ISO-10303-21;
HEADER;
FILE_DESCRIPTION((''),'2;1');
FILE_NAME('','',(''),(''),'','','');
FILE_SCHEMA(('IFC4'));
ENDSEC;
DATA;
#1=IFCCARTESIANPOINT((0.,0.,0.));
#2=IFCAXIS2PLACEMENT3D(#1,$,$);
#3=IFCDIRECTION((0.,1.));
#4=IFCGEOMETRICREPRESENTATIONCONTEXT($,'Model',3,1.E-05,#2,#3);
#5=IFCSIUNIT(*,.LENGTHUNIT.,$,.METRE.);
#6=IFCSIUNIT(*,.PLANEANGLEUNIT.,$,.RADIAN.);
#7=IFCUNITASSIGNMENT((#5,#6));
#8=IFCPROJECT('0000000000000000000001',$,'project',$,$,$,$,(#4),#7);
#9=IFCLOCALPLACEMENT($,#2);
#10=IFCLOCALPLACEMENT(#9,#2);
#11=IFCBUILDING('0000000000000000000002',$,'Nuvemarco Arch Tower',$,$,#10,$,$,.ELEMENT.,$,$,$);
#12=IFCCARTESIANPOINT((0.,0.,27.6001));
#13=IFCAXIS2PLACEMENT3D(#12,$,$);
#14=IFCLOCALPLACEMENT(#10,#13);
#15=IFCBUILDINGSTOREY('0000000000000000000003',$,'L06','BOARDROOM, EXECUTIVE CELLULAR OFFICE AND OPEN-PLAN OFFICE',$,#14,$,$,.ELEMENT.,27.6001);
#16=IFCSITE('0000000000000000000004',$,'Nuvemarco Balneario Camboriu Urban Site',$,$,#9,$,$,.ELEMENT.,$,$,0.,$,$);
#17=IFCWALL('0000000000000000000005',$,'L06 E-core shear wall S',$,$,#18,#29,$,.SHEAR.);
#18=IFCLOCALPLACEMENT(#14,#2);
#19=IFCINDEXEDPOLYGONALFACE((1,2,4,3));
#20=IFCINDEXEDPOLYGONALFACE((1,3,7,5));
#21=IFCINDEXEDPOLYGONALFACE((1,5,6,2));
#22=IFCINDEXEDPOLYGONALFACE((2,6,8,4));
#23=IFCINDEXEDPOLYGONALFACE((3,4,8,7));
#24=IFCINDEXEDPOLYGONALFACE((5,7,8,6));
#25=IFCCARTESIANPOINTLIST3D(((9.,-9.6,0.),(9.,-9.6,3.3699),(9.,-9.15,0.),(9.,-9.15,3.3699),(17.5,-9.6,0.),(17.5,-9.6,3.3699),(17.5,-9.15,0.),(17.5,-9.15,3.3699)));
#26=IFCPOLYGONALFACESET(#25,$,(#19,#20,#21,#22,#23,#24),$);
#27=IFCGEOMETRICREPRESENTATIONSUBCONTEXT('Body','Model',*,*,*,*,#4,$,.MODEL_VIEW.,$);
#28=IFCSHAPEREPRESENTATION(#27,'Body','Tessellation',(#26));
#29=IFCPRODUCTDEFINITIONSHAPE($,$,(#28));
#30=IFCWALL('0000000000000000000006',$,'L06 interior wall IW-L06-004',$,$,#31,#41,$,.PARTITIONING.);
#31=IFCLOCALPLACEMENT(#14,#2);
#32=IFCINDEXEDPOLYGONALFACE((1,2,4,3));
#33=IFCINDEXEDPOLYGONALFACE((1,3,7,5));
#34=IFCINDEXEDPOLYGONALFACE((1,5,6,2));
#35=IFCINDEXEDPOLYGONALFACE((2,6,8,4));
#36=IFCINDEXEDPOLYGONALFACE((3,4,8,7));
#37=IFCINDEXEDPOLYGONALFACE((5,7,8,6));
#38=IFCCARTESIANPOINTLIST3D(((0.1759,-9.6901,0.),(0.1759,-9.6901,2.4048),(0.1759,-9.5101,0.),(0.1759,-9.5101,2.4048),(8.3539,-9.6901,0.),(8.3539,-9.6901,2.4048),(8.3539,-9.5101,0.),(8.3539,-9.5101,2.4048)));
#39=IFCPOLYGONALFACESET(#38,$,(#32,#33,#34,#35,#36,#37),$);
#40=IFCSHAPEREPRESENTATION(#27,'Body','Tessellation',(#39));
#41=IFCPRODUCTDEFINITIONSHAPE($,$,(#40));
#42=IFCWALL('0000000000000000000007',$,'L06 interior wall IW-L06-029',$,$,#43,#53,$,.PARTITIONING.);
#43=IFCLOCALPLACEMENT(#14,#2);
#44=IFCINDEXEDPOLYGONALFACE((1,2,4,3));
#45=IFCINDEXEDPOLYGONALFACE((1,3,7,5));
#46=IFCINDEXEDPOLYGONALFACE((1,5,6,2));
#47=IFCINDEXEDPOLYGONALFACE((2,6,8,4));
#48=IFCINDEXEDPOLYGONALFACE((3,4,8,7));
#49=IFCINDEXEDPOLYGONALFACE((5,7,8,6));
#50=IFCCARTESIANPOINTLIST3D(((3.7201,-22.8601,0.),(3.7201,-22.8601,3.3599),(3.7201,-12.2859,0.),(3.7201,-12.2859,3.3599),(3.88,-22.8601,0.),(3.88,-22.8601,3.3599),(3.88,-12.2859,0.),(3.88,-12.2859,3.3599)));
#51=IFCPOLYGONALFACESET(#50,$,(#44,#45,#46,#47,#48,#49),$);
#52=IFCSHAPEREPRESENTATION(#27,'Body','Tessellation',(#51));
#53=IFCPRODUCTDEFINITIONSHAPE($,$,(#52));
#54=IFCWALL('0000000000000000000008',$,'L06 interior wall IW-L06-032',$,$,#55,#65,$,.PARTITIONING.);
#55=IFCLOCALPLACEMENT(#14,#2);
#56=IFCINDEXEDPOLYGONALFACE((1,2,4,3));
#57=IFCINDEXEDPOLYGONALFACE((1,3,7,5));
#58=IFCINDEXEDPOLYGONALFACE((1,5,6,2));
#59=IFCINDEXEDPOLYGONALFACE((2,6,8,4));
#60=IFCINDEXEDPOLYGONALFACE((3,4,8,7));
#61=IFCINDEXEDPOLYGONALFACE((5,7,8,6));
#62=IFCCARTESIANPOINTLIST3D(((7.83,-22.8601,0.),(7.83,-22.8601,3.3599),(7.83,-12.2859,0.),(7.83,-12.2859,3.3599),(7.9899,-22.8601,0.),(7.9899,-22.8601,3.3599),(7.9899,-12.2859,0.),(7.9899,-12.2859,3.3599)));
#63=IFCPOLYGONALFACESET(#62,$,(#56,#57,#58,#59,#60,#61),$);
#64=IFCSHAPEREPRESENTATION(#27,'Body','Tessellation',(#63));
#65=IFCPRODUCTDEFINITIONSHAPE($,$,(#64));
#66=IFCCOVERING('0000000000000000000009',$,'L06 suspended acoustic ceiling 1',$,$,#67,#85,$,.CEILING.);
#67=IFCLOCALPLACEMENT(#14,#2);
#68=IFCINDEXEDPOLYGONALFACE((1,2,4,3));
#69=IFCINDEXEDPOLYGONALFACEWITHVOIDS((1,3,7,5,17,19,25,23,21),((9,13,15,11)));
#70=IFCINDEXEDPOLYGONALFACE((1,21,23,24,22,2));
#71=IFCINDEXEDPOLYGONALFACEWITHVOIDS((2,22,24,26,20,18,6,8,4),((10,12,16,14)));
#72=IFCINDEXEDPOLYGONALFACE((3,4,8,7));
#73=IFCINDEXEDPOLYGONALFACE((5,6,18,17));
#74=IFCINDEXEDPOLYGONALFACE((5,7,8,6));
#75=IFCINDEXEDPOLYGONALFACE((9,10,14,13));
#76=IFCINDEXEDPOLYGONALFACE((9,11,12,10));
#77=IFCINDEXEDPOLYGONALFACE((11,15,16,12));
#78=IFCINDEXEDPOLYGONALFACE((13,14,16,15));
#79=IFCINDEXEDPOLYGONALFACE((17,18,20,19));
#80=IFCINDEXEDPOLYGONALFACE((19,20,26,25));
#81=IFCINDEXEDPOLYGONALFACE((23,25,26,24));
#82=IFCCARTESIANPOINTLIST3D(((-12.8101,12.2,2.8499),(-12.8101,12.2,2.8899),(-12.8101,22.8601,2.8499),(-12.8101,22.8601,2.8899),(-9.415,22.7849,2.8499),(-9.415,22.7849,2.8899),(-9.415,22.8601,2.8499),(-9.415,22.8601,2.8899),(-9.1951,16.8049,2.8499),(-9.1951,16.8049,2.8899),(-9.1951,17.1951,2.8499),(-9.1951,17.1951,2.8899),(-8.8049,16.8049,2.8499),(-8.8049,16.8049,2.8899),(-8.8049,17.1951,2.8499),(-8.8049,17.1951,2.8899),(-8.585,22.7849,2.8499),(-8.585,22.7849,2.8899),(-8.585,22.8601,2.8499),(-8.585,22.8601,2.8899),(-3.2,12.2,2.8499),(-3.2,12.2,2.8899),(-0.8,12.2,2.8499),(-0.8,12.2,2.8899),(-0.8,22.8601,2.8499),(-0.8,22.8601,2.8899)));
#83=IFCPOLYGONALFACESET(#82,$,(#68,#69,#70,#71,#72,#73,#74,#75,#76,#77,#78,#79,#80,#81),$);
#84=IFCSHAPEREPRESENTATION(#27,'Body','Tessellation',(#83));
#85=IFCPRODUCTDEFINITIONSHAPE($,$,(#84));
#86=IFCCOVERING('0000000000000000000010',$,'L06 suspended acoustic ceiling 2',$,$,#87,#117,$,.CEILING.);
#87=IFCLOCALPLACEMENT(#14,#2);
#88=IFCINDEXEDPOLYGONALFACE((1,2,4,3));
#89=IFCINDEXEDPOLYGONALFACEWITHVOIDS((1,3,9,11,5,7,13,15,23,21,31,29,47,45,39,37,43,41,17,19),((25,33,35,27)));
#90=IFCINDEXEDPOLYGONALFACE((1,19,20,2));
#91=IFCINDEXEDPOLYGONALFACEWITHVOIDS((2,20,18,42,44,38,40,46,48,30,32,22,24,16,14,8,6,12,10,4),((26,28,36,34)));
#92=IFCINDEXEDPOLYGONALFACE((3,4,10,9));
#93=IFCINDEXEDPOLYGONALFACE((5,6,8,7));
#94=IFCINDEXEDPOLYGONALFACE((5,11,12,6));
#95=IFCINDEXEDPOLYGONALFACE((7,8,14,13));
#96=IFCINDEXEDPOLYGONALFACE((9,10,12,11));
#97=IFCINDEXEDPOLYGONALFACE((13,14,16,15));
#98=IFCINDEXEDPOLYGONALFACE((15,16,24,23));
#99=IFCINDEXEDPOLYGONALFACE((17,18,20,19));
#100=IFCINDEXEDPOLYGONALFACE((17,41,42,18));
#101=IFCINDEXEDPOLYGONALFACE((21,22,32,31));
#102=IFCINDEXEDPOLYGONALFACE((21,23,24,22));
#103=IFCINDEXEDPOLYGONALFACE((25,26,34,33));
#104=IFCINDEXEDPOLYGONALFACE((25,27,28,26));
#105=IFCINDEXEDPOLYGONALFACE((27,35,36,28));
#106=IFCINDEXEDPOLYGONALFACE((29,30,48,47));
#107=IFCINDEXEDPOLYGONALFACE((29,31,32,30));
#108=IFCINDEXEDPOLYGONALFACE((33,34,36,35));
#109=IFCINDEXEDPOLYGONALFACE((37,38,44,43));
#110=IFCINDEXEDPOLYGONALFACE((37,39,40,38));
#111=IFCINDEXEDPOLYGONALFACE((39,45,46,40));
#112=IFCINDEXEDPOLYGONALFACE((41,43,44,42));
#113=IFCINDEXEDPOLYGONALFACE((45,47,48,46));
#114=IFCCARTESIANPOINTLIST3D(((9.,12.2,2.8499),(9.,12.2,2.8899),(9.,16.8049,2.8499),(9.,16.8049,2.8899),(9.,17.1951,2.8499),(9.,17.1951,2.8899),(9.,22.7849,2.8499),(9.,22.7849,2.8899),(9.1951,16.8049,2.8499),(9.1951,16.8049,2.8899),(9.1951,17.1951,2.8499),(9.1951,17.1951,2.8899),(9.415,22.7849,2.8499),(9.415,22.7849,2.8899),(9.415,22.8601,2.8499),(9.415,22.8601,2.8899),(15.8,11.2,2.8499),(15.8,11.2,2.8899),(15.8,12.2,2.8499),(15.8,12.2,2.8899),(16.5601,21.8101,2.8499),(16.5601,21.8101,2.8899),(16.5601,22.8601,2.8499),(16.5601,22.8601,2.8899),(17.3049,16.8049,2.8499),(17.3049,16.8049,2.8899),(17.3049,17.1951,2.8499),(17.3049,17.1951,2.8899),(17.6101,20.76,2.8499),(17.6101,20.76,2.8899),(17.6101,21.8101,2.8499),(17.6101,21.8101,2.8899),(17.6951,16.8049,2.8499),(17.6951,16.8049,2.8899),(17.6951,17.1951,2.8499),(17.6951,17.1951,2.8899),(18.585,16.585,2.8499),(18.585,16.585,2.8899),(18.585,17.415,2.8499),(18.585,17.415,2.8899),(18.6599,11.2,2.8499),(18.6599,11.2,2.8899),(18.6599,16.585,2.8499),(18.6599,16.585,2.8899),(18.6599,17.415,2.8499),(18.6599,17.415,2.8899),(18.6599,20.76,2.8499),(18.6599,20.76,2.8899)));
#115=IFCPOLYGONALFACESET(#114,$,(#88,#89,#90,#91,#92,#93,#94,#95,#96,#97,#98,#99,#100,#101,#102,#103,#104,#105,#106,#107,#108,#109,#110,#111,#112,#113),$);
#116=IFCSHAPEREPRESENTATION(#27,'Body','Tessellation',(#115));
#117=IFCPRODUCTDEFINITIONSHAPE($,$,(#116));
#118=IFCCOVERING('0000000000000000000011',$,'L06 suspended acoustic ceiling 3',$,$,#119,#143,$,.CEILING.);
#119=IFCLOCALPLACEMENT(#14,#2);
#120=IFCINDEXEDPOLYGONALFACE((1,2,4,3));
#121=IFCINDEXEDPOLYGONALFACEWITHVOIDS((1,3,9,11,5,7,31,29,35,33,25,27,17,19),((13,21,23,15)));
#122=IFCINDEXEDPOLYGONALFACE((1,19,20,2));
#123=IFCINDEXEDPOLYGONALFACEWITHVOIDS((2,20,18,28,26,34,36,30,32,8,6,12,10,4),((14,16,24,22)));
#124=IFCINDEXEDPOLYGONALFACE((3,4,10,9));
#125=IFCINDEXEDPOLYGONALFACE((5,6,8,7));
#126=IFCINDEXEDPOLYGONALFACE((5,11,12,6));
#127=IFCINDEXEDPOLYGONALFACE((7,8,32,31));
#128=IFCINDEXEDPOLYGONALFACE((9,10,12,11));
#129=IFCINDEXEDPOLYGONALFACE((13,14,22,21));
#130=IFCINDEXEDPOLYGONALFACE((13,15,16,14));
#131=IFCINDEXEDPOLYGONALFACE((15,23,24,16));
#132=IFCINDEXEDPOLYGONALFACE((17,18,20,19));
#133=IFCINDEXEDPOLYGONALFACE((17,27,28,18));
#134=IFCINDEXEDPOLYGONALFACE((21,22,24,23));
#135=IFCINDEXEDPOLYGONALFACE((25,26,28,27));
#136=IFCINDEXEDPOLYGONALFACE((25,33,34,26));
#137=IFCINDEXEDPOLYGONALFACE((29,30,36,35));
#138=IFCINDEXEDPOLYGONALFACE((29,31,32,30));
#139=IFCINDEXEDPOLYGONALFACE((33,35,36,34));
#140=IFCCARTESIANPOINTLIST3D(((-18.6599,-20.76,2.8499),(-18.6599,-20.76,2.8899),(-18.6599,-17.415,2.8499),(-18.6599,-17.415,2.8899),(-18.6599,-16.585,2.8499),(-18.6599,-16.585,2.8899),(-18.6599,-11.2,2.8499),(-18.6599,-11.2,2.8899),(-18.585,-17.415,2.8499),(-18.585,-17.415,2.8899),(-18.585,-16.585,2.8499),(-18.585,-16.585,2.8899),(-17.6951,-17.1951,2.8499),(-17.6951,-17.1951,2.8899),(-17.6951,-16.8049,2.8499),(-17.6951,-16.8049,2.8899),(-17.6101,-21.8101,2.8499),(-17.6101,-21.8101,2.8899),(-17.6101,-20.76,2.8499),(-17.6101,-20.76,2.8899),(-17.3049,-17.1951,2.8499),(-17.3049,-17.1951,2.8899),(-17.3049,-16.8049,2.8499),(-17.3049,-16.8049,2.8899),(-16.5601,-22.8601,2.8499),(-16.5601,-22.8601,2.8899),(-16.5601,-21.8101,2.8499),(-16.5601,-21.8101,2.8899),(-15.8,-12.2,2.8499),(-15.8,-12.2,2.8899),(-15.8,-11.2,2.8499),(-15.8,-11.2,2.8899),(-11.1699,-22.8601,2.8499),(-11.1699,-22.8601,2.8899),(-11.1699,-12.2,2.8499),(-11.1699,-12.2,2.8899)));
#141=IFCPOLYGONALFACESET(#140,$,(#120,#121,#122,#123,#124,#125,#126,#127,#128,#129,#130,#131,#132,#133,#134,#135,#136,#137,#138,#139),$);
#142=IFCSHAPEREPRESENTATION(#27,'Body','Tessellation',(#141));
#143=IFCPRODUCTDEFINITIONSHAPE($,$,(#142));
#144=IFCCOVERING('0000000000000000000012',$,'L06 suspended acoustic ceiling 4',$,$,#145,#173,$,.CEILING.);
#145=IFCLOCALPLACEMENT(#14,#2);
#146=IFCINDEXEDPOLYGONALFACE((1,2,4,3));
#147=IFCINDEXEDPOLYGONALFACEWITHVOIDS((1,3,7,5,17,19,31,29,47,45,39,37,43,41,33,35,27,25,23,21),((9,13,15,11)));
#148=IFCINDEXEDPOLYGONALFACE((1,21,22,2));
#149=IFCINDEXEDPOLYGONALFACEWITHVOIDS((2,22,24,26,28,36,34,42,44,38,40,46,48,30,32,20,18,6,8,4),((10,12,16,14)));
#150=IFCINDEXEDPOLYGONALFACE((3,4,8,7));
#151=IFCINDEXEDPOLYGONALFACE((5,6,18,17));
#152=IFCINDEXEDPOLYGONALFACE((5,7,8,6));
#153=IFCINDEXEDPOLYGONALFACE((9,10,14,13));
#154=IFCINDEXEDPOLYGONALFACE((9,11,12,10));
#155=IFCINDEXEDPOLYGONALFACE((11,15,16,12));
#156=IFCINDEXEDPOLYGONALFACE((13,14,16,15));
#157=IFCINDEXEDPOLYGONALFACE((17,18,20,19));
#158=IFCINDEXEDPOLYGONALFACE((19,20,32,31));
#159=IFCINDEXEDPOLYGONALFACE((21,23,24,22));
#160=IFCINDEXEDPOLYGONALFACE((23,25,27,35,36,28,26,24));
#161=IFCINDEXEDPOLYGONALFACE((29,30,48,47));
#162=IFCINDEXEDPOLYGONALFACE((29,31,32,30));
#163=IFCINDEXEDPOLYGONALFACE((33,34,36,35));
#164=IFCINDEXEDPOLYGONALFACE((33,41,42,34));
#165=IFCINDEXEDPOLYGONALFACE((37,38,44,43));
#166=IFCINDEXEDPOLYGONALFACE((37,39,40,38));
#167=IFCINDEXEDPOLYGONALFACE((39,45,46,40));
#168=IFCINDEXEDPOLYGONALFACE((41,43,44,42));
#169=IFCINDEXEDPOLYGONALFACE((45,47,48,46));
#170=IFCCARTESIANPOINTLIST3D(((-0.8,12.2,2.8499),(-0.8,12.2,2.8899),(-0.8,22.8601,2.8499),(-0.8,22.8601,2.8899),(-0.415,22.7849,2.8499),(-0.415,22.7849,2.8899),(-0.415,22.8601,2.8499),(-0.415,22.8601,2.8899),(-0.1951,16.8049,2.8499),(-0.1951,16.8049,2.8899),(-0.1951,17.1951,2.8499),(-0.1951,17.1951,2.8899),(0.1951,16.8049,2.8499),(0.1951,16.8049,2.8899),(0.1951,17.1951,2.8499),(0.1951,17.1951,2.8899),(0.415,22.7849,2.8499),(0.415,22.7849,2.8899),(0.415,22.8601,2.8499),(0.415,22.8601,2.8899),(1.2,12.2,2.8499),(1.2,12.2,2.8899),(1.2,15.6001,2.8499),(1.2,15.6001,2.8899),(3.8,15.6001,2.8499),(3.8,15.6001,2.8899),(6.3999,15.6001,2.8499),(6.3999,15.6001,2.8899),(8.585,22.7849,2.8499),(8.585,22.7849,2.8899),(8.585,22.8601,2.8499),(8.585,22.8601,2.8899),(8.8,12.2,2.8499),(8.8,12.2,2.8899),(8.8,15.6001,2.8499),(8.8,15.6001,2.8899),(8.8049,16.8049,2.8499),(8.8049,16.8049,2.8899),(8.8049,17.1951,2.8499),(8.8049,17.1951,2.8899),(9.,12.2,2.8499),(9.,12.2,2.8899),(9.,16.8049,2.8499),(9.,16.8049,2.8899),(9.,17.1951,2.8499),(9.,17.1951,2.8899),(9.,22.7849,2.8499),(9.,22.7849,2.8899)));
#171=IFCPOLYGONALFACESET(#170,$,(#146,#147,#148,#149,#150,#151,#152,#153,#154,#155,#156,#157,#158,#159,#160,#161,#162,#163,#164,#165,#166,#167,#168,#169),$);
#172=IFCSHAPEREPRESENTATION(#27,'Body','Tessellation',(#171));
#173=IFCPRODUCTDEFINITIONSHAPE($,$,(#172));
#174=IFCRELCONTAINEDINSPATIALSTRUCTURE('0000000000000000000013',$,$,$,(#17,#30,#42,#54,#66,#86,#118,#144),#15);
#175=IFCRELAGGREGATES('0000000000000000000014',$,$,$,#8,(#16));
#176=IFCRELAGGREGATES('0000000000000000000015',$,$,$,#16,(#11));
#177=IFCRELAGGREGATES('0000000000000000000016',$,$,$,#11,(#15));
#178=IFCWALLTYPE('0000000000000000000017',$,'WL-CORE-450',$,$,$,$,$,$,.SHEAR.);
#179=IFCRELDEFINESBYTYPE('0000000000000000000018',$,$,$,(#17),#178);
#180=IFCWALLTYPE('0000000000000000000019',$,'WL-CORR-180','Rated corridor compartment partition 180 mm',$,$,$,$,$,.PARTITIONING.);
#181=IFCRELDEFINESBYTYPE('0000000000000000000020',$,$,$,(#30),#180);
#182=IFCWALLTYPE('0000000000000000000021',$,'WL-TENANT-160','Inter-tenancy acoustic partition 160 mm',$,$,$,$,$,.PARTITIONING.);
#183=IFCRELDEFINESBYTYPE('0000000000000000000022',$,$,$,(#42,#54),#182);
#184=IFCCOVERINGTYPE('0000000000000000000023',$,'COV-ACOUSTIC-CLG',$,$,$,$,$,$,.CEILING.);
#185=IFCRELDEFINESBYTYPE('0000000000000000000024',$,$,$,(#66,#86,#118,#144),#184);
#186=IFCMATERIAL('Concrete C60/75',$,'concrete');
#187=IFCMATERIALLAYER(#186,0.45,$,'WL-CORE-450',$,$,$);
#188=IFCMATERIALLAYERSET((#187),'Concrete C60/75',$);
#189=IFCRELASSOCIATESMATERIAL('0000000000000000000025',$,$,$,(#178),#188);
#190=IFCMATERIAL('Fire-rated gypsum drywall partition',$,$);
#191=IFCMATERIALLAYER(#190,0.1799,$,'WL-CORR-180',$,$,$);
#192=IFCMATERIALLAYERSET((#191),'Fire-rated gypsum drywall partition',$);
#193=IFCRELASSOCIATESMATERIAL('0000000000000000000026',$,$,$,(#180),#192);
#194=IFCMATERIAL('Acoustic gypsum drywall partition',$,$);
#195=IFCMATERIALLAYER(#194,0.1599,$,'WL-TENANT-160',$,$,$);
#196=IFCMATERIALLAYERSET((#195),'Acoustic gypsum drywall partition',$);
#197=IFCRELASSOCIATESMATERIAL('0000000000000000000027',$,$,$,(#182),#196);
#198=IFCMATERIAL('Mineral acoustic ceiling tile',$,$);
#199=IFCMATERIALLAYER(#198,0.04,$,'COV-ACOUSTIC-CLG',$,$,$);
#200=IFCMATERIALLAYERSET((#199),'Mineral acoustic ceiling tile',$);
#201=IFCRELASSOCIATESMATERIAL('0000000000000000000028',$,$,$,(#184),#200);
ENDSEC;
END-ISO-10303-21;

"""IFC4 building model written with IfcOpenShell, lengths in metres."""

from ifc_helpers import new_model, si_unit, direction, frame, frame_2d, origin, place, context, subcontext, project, spatial, polyline, rectangle, outline, extrude, material, layer, layer_set, type_object, element, save


model = new_model("IFC4")

# Units and contexts
model_context = context("Model", 3, precision=1e-05, world=origin(), true_north=direction((0.0, 1.0)))
body_context = subcontext(model_context, "Body", "Model", "MODEL_VIEW")
ifc_project = project(units=[si_unit("LENGTHUNIT", "METRE"), si_unit("PLANEANGLEUNIT", "RADIAN")], contexts=[model_context])

# Site, building, storey
site_placement = place(None, origin())
site = spatial("IfcSite", under=ifc_project, at=site_placement, Name="Nuvemarco Balneario Camboriu Urban Site", CompositionType="ELEMENT", RefElevation=0.0)
building_placement = place(site_placement, origin())
building = spatial("IfcBuilding", under=site, at=building_placement, Name="Nuvemarco Arch Tower", CompositionType="ELEMENT")
storey_placement = place(building_placement, frame((0.0, 0.0, 27.6001)))
storey = spatial("IfcBuildingStorey", under=building, at=storey_placement, Name="L06", Description="BOARDROOM, EXECUTIVE CELLULAR OFFICE AND OPEN-PLAN OFFICE", CompositionType="ELEMENT", Elevation=27.6001)

# Shared definitions
ifc_material_1 = material(Name="Concrete C60/75", Category="concrete")

# Walls
ifc_layer_1 = layer(ifc_material_1, 0.45, Name="WL-CORE-450")
ifc_layer_set_1 = layer_set([ifc_layer_1], Name="Concrete C60/75")
wall_type_1 = type_object("IfcWallType", Name="WL-CORE-450", PredefinedType="SHEAR", material=ifc_layer_set_1)
wall_1_placement = place(storey_placement, frame((9.0, -9.375, 0.0), z_axis=(0.0, 0.0, 1.0), x_axis=(1.0, 0.0, 0.0)))
element("IfcWall", 1, at=wall_1_placement, inside=storey, type_object=wall_type_1, Name="L06 E-core shear wall S", PredefinedType="SHEAR", context=body_context, shape_type="SweptSolid", body=[
    extrude(rectangle(XDim=8.5, YDim=0.45, at=frame_2d((4.25, 0.0))), origin(), (0.0, 0.0, 1.0), 3.3699),
])
ifc_material_2 = material(Name="Fire-rated gypsum drywall partition")
ifc_layer_2 = layer(ifc_material_2, 0.1799, Name="WL-CORR-180")
ifc_layer_set_2 = layer_set([ifc_layer_2], Name="Fire-rated gypsum drywall partition")
wall_type_2 = type_object("IfcWallType", Name="WL-CORR-180", Description="Rated corridor compartment partition 180 mm", PredefinedType="PARTITIONING", material=ifc_layer_set_2)
wall_2_placement = place(storey_placement, frame((0.176, -9.6001, 0.0), z_axis=(0.0, 0.0, 1.0), x_axis=(1.0, 0.0, 0.0)))
element("IfcWall", 2, at=wall_2_placement, inside=storey, type_object=wall_type_2, Name="L06 interior wall IW-L06-004", PredefinedType="PARTITIONING", context=body_context, shape_type="SweptSolid", body=[
    extrude(rectangle(XDim=8.178, YDim=0.1799, at=frame_2d((4.0889, 0.0))), origin(), (0.0, 0.0, 1.0), 2.4048),
])
ifc_material_3 = material(Name="Acoustic gypsum drywall partition")
ifc_layer_3 = layer(ifc_material_3, 0.1599, Name="WL-TENANT-160")
ifc_layer_set_3 = layer_set([ifc_layer_3], Name="Acoustic gypsum drywall partition")
wall_type_3 = type_object("IfcWallType", Name="WL-TENANT-160", Description="Inter-tenancy acoustic partition 160 mm", PredefinedType="PARTITIONING", material=ifc_layer_set_3)
for number, where, z_axis, x_axis, name in (
    (3, (3.8, -22.8601, 0.0), (0.0, 0.0, 1.0), (0.0, 1.0, 0.0), "L06 interior wall IW-L06-029"),
    (4, (7.9099, -22.8601, 0.0), (0.0, 0.0, 1.0), (0.0, 1.0, 0.0), "L06 interior wall IW-L06-032"),
):
    element("IfcWall", number, at=place(storey_placement, frame(where, z_axis=z_axis, x_axis=x_axis)), inside=storey, type_object=wall_type_3, Name=name, PredefinedType="PARTITIONING", context=body_context, shape_type="SweptSolid", body=[
        extrude(rectangle(XDim=10.5742, YDim=0.1599, at=frame_2d((5.2871, 0.0))), origin(), (0.0, 0.0, 1.0), 3.3599),
    ])

# Coverings
ifc_material_4 = material(Name="Mineral acoustic ceiling tile")
ifc_layer_4 = layer(ifc_material_4, 0.04, Name="COV-ACOUSTIC-CLG")
ifc_layer_set_4 = layer_set([ifc_layer_4], Name="Mineral acoustic ceiling tile")
covering_type_1 = type_object("IfcCoveringType", Name="COV-ACOUSTIC-CLG", PredefinedType="CEILING", material=ifc_layer_set_4)
covering_1_placement = place(storey_placement, frame((0.0, 0.0, 2.8499)))
element("IfcCovering", 5, at=covering_1_placement, inside=storey, type_object=covering_type_1, Name="L06 suspended acoustic ceiling 1", PredefinedType="CEILING", context=body_context, shape_type="SweptSolid", body=[
    extrude(outline(polyline([(-9.415, 22.7849), (-8.585, 22.7849), (-8.585, 22.8601), (-0.8, 22.8601), (-0.8, 12.2), (-3.2, 12.2), (-12.8101, 12.2), (-12.8101, 22.8601), (-9.415, 22.8601), (-9.415, 22.7849)]), holes=[polyline([(-8.8049, 16.8049), (-8.8049, 17.1951), (-9.1951, 17.1951), (-9.1951, 16.8049), (-8.8049, 16.8049)])]), origin(), (0.0, 0.0, 1.0), 0.04),
])
covering_2_placement = place(storey_placement, frame((0.0, 0.0, 2.8499)))
element("IfcCovering", 6, at=covering_2_placement, inside=storey, type_object=covering_type_1, Name="L06 suspended acoustic ceiling 2", PredefinedType="CEILING", context=body_context, shape_type="SweptSolid", body=[
    extrude(outline(polyline([(18.6599, 20.76), (18.6599, 17.415), (18.585, 17.415), (18.585, 16.585), (18.6599, 16.585), (18.6599, 11.2), (15.8, 11.2), (15.8, 12.2), (9.0, 12.2), (9.0, 16.8049), (9.1951, 16.8049), (9.1951, 17.1951), (9.0, 17.1951), (9.0, 22.7849), (9.415, 22.7849), (9.415, 22.8601), (16.5601, 22.8601), (16.5601, 21.8101), (17.6101, 21.8101), (17.6101, 20.76), (18.6599, 20.76)]), holes=[polyline([(17.6951, 16.8049), (17.6951, 17.1951), (17.3049, 17.1951), (17.3049, 16.8049), (17.6951, 16.8049)])]), origin(), (0.0, 0.0, 1.0), 0.04),
])
covering_3_placement = place(storey_placement, frame((0.0, 0.0, 2.8499)))
element("IfcCovering", 7, at=covering_3_placement, inside=storey, type_object=covering_type_1, Name="L06 suspended acoustic ceiling 3", PredefinedType="CEILING", context=body_context, shape_type="SweptSolid", body=[
    extrude(outline(polyline([(-18.6599, -20.76), (-18.6599, -17.415), (-18.585, -17.415), (-18.585, -16.585), (-18.6599, -16.585), (-18.6599, -11.2), (-15.8, -11.2), (-15.8, -12.2), (-11.1699, -12.2), (-11.1699, -22.8601), (-16.5601, -22.8601), (-16.5601, -21.8101), (-17.6101, -21.8101), (-17.6101, -20.76), (-18.6599, -20.76)]), holes=[polyline([(-17.3049, -16.8049), (-17.6951, -16.8049), (-17.6951, -17.1951), (-17.3049, -17.1951), (-17.3049, -16.8049)])]), origin(), (0.0, 0.0, 1.0), 0.04),
])
covering_4_placement = place(storey_placement, frame((0.0, 0.0, 2.8499)))
element("IfcCovering", 8, at=covering_4_placement, inside=storey, type_object=covering_type_1, Name="L06 suspended acoustic ceiling 4", PredefinedType="CEILING", context=body_context, shape_type="SweptSolid", body=[
    extrude(outline(polyline([(1.2, 15.6001), (1.2, 12.2), (-0.8, 12.2), (-0.8, 22.8601), (-0.415, 22.8601), (-0.415, 22.7849), (0.415, 22.7849), (0.415, 22.8601), (8.585, 22.8601), (8.585, 22.7849), (9.0, 22.7849), (9.0, 17.1951), (8.8049, 17.1951), (8.8049, 16.8049), (9.0, 16.8049), (9.0, 12.2), (8.8, 12.2), (8.8, 15.6001), (6.3999, 15.6001), (3.8, 15.6001), (1.2, 15.6001)]), holes=[polyline([(0.1951, 16.8049), (0.1951, 17.1951), (-0.1951, 17.1951), (-0.1951, 16.8049), (0.1951, 16.8049)])]), origin(), (0.0, 0.0, 1.0), 0.04),
])

save(model, "model.ifc")
